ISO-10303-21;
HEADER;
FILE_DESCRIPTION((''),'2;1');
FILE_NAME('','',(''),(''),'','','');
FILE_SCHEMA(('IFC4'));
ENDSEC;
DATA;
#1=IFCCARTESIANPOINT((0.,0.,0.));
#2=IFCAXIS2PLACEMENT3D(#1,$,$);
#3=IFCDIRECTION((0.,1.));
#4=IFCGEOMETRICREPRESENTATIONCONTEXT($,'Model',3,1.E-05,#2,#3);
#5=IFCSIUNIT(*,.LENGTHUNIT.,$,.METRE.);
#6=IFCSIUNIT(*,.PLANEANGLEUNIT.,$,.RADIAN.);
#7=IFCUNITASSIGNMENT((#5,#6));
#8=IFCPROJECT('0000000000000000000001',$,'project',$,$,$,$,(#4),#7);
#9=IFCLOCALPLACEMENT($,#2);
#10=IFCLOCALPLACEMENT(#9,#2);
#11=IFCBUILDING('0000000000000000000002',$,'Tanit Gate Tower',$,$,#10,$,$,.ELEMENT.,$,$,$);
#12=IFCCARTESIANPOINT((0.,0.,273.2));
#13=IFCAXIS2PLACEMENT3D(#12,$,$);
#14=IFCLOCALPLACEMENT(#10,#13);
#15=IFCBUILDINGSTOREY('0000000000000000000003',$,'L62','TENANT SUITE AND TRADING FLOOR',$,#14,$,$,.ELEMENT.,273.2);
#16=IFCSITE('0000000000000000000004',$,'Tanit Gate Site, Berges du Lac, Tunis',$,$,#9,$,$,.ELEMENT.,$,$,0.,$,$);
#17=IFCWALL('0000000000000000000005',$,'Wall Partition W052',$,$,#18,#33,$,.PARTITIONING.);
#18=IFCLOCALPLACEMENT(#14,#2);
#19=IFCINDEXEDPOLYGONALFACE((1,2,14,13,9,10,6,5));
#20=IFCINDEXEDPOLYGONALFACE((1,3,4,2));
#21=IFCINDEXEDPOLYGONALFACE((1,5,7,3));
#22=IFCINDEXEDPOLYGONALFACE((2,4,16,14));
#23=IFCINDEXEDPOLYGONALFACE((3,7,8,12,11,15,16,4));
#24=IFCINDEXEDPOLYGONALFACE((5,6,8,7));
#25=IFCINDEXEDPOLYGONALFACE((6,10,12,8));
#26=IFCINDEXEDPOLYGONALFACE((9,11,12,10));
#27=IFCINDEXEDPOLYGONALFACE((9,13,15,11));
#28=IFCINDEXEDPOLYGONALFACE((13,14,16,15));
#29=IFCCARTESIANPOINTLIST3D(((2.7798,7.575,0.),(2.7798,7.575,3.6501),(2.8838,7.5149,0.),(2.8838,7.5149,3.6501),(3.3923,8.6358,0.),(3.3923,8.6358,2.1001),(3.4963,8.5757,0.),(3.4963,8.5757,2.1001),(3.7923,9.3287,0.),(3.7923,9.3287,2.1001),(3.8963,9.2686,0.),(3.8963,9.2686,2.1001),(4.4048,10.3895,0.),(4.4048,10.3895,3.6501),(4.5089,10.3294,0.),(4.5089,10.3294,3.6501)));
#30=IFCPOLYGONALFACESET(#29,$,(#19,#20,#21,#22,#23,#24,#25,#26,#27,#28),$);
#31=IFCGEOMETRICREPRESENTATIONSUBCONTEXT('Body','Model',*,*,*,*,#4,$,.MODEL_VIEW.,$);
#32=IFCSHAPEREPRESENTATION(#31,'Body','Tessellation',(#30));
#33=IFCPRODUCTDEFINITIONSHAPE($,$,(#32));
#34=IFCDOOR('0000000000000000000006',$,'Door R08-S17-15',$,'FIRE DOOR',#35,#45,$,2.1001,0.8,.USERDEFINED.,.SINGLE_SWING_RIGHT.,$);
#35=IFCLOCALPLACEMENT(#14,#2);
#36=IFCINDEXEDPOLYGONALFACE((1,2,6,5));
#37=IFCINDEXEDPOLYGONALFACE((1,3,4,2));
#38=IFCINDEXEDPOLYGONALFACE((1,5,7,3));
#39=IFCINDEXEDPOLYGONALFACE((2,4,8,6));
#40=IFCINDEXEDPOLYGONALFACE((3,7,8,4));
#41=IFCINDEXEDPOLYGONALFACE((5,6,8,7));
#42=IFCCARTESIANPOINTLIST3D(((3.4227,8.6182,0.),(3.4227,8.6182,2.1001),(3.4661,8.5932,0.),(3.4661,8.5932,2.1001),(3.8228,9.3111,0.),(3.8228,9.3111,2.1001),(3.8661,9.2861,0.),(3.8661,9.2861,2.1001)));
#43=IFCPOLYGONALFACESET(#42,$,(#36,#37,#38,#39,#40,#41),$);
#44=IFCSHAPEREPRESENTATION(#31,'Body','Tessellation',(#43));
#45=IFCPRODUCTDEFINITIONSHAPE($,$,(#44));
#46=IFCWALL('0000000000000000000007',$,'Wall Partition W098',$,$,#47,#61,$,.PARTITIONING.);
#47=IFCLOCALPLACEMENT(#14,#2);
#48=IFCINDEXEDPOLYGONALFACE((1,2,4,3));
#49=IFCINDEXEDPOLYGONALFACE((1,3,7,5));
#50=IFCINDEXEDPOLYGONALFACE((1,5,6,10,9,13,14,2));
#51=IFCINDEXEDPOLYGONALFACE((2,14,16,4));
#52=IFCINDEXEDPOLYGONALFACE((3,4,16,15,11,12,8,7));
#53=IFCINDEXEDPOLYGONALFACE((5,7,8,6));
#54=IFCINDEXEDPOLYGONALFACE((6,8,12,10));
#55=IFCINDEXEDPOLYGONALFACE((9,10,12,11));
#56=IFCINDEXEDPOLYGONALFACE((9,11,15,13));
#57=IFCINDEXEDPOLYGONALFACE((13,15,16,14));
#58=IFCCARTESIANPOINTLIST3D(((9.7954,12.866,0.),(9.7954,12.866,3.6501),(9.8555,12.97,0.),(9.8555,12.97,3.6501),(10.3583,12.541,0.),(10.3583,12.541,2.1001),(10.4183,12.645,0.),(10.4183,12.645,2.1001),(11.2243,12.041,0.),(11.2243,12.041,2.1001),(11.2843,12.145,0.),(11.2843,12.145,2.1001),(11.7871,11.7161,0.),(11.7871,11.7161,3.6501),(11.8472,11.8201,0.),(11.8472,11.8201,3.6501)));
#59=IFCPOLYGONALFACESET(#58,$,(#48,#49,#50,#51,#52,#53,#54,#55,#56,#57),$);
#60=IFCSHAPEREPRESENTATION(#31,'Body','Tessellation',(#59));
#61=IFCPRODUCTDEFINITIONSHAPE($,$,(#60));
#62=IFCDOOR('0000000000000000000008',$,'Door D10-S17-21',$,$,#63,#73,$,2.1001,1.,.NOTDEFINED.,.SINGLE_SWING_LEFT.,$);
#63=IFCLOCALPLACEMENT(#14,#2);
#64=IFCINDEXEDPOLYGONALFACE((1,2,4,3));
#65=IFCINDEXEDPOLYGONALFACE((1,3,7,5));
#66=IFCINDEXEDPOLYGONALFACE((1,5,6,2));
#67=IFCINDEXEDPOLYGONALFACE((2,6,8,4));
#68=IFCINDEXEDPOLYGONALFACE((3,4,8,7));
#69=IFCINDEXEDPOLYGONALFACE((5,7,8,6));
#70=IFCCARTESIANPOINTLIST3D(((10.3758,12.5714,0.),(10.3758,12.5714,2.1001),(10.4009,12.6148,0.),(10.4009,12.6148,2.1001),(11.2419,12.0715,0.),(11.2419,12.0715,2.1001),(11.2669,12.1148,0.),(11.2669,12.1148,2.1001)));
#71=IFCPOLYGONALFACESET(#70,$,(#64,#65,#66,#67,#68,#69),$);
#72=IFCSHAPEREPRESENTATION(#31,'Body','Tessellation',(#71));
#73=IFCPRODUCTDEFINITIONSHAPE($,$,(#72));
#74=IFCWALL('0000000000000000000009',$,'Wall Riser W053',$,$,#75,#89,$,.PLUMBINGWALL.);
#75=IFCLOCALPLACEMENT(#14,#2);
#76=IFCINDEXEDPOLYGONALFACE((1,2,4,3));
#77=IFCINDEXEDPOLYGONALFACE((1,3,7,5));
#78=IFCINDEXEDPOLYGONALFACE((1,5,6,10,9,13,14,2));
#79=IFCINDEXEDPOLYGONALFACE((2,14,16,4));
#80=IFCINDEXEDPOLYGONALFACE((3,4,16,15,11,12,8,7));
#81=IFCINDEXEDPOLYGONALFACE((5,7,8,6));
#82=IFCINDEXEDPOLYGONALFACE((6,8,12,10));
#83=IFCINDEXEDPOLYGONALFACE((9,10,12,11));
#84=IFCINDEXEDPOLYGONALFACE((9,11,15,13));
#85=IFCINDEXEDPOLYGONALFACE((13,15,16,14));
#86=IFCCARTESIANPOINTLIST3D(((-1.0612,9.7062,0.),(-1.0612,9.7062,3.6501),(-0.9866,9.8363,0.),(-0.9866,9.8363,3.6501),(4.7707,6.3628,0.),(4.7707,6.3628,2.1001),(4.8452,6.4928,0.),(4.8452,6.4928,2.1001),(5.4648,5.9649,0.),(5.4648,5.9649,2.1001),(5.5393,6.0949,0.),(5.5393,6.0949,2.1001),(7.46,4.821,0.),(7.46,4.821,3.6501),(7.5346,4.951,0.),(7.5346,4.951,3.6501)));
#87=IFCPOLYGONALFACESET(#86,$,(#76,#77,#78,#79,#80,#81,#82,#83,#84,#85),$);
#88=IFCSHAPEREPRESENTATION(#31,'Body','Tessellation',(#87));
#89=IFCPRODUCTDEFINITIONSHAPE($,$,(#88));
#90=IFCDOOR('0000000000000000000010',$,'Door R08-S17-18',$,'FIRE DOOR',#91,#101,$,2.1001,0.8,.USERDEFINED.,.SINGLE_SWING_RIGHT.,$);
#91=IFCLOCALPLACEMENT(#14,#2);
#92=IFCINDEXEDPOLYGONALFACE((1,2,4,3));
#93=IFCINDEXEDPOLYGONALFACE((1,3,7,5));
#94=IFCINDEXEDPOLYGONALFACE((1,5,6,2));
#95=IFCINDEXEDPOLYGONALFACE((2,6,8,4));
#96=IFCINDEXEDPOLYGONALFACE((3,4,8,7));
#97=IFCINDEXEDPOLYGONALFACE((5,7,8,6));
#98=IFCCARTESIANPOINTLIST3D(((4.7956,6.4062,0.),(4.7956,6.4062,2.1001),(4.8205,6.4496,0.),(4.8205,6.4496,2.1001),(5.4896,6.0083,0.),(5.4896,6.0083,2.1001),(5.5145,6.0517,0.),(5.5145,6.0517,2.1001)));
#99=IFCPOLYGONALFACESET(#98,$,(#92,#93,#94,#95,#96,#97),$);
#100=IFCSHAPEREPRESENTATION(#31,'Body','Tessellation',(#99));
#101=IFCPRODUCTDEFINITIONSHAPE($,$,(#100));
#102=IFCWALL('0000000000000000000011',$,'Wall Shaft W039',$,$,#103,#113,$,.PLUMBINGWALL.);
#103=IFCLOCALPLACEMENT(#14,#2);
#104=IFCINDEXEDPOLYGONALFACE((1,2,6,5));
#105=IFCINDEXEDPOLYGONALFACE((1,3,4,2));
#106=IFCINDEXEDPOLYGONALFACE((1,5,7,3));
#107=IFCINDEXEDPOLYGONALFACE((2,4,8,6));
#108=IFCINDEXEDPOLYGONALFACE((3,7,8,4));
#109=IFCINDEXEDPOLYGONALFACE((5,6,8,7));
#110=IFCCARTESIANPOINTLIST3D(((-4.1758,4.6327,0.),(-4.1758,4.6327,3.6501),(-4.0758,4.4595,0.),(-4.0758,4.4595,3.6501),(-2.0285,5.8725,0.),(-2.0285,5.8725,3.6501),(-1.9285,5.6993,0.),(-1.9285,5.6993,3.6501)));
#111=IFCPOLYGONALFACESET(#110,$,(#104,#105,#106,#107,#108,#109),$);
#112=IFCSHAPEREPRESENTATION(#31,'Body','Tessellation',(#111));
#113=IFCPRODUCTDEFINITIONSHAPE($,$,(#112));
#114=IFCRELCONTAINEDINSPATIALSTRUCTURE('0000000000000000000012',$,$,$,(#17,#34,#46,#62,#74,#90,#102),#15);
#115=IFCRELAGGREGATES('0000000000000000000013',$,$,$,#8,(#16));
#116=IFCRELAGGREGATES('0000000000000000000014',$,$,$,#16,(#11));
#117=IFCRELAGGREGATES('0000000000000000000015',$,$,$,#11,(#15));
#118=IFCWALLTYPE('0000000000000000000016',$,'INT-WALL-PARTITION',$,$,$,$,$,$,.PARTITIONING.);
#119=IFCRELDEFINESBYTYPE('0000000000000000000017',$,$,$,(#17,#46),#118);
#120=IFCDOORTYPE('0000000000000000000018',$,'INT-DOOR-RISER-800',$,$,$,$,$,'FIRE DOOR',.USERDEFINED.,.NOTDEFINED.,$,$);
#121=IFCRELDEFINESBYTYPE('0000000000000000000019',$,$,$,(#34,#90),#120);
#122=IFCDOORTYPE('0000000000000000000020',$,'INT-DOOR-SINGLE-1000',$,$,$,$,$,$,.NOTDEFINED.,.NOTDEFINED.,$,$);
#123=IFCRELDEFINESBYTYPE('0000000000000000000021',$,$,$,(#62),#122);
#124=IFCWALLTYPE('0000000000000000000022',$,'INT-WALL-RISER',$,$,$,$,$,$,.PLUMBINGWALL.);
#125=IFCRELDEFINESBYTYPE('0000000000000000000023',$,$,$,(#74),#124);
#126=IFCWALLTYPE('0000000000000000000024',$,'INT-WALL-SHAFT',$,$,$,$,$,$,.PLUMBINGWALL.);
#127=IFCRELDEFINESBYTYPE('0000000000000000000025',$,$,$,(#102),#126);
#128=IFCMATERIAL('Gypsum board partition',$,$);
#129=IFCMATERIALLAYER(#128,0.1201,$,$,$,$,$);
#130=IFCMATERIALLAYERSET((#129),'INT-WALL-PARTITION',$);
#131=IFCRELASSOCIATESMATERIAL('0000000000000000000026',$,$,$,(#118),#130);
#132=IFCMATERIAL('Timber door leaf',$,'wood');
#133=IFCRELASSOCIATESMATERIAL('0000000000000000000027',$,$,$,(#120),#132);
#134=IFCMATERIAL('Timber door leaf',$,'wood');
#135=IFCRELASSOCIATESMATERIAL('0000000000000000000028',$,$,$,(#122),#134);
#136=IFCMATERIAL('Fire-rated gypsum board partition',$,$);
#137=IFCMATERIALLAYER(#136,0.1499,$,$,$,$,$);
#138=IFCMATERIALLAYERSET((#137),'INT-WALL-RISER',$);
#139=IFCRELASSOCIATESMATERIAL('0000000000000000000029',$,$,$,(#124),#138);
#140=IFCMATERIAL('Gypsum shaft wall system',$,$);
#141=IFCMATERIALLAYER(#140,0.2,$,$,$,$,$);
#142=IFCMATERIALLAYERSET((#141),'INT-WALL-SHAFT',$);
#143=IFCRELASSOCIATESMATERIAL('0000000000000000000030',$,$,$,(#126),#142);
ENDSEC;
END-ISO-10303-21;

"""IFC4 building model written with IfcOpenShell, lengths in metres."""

from ifc_helpers import new_model, si_unit, direction, frame, frame_2d, origin, place, context, subcontext, project, spatial, rectangle, extrude, material, layer, layer_set, type_object, element, fill, save


model = new_model("IFC4")

# Units and contexts
model_context = context("Model", 3, precision=1e-05, world=origin(), true_north=direction((0.0, 1.0)))
body_context = subcontext(model_context, "Body", "Model", "MODEL_VIEW")
ifc_project = project(units=[si_unit("LENGTHUNIT", "METRE"), si_unit("PLANEANGLEUNIT", "RADIAN")], contexts=[model_context])

# Site, building, storey
site_placement = place(None, origin())
site = spatial("IfcSite", under=ifc_project, at=site_placement, Name="Tanit Gate Site, Berges du Lac, Tunis", CompositionType="ELEMENT", RefElevation=0.0)
building_placement = place(site_placement, origin())
building = spatial("IfcBuilding", under=site, at=building_placement, Name="Tanit Gate Tower", CompositionType="ELEMENT")
storey_placement = place(building_placement, frame((0.0, 0.0, 273.2)))
storey = spatial("IfcBuildingStorey", under=building, at=storey_placement, Name="L62", Description="TENANT SUITE AND TRADING FLOOR", CompositionType="ELEMENT", Elevation=273.2)

# Walls, openings, doors
ifc_material_1 = material(Name="Gypsum board partition")
ifc_layer_1 = layer(ifc_material_1, 0.1201)
ifc_layer_set_1 = layer_set([ifc_layer_1], Name="INT-WALL-PARTITION")
wall_type_1 = type_object("IfcWallType", Name="INT-WALL-PARTITION", PredefinedType="PARTITIONING", material=ifc_layer_set_1)
wall_1_placement = place(storey_placement, frame((2.8318, 7.5449, 0.0), z_axis=(0.0, 0.0, 1.0), x_axis=(0.500017, 0.866015, 0.0)))
wall_1 = element("IfcWall", 1, at=wall_1_placement, inside=storey, type_object=wall_type_1, Name="Wall Partition W052", PredefinedType="PARTITIONING", context=body_context, shape_type="SweptSolid", body=[
    extrude(rectangle(XDim=3.25, YDim=0.1201, at=frame_2d((1.625, 0.0))), origin(), (0.0, 0.0, 1.0), 3.6501),
])
opening_1_placement = place(wall_1_placement, frame((1.2251, 0.0, 0.0)))
opening_1 = element("IfcOpeningElement", 2, at=opening_1_placement, cuts=wall_1, PredefinedType="OPENING", context=body_context, shape_type="SweptSolid", body=[
    extrude(rectangle(XDim=0.8, YDim=2.1001, at=frame_2d((0.3999, 1.05))), frame((0.0, 0.0701, 0.0), z_axis=(0.0, -1.0, 0.0), x_axis=(1.0, 0.0, 0.0)), (0.0, 0.0, 1.0), 0.1401),
])
ifc_material_2 = material(Name="Timber door leaf", Category="wood")
door_type_1 = type_object("IfcDoorType", Name="INT-DOOR-RISER-800", ElementType="FIRE DOOR", OperationType="NOTDEFINED", PredefinedType="USERDEFINED", material=ifc_material_2)
door_1_placement = place(opening_1_placement, origin())
door_1 = element("IfcDoor", 3, at=door_1_placement, inside=storey, type_object=door_type_1, Name="Door R08-S17-15", ObjectType="FIRE DOOR", OperationType="SINGLE_SWING_RIGHT", OverallHeight=2.1001, OverallWidth=0.8, PredefinedType="USERDEFINED", context=body_context, shape_type="SweptSolid", body=[
    extrude(rectangle(XDim=0.8, YDim=2.1001, at=frame_2d((0.3999, 1.05))), frame((0.0, 0.0249, 0.0), z_axis=(0.0, -1.0, 0.0), x_axis=(1.0, 0.0, 0.0)), (0.0, 0.0, 1.0), 0.05),
])
fill(opening_1, door_1)
wall_2_placement = place(storey_placement, frame((11.8171, 11.7681, 0.0), z_axis=(0.0, 0.0, 1.0), x_axis=(-0.866026, 0.499998, 0.0)))
wall_2 = element("IfcWall", 4, at=wall_2_placement, inside=storey, type_object=wall_type_1, Name="Wall Partition W098", PredefinedType="PARTITIONING", context=body_context, shape_type="SweptSolid", body=[
    extrude(rectangle(XDim=2.2998, YDim=0.1201, at=frame_2d((1.1499, 0.0))), origin(), (0.0, 0.0, 1.0), 3.6501),
])
opening_2_placement = place(wall_2_placement, frame((0.6499, 0.0, 0.0)))
opening_2 = element("IfcOpeningElement", 5, at=opening_2_placement, cuts=wall_2, PredefinedType="OPENING", context=body_context, shape_type="SweptSolid", body=[
    extrude(rectangle(XDim=1.0, YDim=2.1001, at=frame_2d((0.5, 1.05))), frame((0.0, 0.0701, 0.0), z_axis=(0.0, -1.0, 0.0), x_axis=(1.0, 0.0, 0.0)), (0.0, 0.0, 1.0), 0.1401),
])
ifc_material_3 = material(Name="Timber door leaf", Category="wood")
door_type_2 = type_object("IfcDoorType", Name="INT-DOOR-SINGLE-1000", OperationType="NOTDEFINED", PredefinedType="NOTDEFINED", material=ifc_material_3)
door_2_placement = place(opening_2_placement, origin())
door_2 = element("IfcDoor", 6, at=door_2_placement, inside=storey, type_object=door_type_2, Name="Door D10-S17-21", OperationType="SINGLE_SWING_LEFT", OverallHeight=2.1001, OverallWidth=1.0, PredefinedType="NOTDEFINED", context=body_context, shape_type="SweptSolid", body=[
    extrude(rectangle(XDim=1.0, YDim=2.1001, at=frame_2d((0.5, 1.05))), frame((0.0, 0.0249, 0.0), z_axis=(0.0, -1.0, 0.0), x_axis=(1.0, 0.0, 0.0)), (0.0, 0.0, 1.0), 0.05),
])
fill(opening_2, door_2)
ifc_material_4 = material(Name="Fire-rated gypsum board partition")
ifc_layer_2 = layer(ifc_material_4, 0.1499)
ifc_layer_set_2 = layer_set([ifc_layer_2], Name="INT-WALL-RISER")
wall_type_2 = type_object("IfcWallType", Name="INT-WALL-RISER", PredefinedType="PLUMBINGWALL", material=ifc_layer_set_2)
wall_3_placement = place(storey_placement, frame((7.4973, 4.886, 0.0), z_axis=(0.0, 0.0, 1.0), x_axis=(-0.867542, 0.497364, 0.0)))
wall_3 = element("IfcWall", 7, at=wall_3_placement, inside=storey, type_object=wall_type_2, Name="Wall Riser W053", PredefinedType="PLUMBINGWALL", context=body_context, shape_type="SweptSolid", body=[
    extrude(rectangle(XDim=9.8223, YDim=0.1499, at=frame_2d((4.9111, 0.0))), origin(), (0.0, 0.0, 1.0), 3.6501),
])
opening_3_placement = place(wall_3_placement, frame((2.3, 0.0, 0.0)))
opening_3 = element("IfcOpeningElement", 8, at=opening_3_placement, cuts=wall_3, PredefinedType="OPENING", context=body_context, shape_type="SweptSolid", body=[
    extrude(rectangle(XDim=0.8, YDim=2.1001, at=frame_2d((0.3999, 1.05))), frame((0.0, 0.085, 0.0), z_axis=(0.0, -1.0, 0.0), x_axis=(1.0, 0.0, 0.0)), (0.0, 0.0, 1.0), 0.1699),
])
door_3_placement = place(opening_3_placement, origin())
door_3 = element("IfcDoor", 9, at=door_3_placement, inside=storey, type_object=door_type_1, Name="Door R08-S17-18", ObjectType="FIRE DOOR", OperationType="SINGLE_SWING_RIGHT", OverallHeight=2.1001, OverallWidth=0.8, PredefinedType="USERDEFINED", context=body_context, shape_type="SweptSolid", body=[
    extrude(rectangle(XDim=0.8, YDim=2.1001, at=frame_2d((0.3999, 1.05))), frame((0.0, 0.0249, 0.0), z_axis=(0.0, -1.0, 0.0), x_axis=(1.0, 0.0, 0.0)), (0.0, 0.0, 1.0), 0.05),
])
fill(opening_3, door_3)

# Wall
ifc_material_5 = material(Name="Gypsum shaft wall system")
ifc_layer_3 = layer(ifc_material_5, 0.2)
ifc_layer_set_3 = layer_set([ifc_layer_3], Name="INT-WALL-SHAFT")
wall_type_3 = type_object("IfcWallType", Name="INT-WALL-SHAFT", PredefinedType="PLUMBINGWALL", material=ifc_layer_set_3)
wall_4_placement = place(storey_placement, frame((-1.9785, 5.7859, 0.0), z_axis=(0.0, 0.0, 1.0), x_axis=(-0.866017, -0.500015, 0.0)))
element("IfcWall", 10, at=wall_4_placement, inside=storey, type_object=wall_type_3, Name="Wall Shaft W039", PredefinedType="PLUMBINGWALL", context=body_context, shape_type="SweptSolid", body=[
    extrude(rectangle(XDim=2.4795, YDim=0.2, at=frame_2d((1.2397, 0.0))), origin(), (0.0, 0.0, 1.0), 3.6501),
])

save(model, "model.ifc")
